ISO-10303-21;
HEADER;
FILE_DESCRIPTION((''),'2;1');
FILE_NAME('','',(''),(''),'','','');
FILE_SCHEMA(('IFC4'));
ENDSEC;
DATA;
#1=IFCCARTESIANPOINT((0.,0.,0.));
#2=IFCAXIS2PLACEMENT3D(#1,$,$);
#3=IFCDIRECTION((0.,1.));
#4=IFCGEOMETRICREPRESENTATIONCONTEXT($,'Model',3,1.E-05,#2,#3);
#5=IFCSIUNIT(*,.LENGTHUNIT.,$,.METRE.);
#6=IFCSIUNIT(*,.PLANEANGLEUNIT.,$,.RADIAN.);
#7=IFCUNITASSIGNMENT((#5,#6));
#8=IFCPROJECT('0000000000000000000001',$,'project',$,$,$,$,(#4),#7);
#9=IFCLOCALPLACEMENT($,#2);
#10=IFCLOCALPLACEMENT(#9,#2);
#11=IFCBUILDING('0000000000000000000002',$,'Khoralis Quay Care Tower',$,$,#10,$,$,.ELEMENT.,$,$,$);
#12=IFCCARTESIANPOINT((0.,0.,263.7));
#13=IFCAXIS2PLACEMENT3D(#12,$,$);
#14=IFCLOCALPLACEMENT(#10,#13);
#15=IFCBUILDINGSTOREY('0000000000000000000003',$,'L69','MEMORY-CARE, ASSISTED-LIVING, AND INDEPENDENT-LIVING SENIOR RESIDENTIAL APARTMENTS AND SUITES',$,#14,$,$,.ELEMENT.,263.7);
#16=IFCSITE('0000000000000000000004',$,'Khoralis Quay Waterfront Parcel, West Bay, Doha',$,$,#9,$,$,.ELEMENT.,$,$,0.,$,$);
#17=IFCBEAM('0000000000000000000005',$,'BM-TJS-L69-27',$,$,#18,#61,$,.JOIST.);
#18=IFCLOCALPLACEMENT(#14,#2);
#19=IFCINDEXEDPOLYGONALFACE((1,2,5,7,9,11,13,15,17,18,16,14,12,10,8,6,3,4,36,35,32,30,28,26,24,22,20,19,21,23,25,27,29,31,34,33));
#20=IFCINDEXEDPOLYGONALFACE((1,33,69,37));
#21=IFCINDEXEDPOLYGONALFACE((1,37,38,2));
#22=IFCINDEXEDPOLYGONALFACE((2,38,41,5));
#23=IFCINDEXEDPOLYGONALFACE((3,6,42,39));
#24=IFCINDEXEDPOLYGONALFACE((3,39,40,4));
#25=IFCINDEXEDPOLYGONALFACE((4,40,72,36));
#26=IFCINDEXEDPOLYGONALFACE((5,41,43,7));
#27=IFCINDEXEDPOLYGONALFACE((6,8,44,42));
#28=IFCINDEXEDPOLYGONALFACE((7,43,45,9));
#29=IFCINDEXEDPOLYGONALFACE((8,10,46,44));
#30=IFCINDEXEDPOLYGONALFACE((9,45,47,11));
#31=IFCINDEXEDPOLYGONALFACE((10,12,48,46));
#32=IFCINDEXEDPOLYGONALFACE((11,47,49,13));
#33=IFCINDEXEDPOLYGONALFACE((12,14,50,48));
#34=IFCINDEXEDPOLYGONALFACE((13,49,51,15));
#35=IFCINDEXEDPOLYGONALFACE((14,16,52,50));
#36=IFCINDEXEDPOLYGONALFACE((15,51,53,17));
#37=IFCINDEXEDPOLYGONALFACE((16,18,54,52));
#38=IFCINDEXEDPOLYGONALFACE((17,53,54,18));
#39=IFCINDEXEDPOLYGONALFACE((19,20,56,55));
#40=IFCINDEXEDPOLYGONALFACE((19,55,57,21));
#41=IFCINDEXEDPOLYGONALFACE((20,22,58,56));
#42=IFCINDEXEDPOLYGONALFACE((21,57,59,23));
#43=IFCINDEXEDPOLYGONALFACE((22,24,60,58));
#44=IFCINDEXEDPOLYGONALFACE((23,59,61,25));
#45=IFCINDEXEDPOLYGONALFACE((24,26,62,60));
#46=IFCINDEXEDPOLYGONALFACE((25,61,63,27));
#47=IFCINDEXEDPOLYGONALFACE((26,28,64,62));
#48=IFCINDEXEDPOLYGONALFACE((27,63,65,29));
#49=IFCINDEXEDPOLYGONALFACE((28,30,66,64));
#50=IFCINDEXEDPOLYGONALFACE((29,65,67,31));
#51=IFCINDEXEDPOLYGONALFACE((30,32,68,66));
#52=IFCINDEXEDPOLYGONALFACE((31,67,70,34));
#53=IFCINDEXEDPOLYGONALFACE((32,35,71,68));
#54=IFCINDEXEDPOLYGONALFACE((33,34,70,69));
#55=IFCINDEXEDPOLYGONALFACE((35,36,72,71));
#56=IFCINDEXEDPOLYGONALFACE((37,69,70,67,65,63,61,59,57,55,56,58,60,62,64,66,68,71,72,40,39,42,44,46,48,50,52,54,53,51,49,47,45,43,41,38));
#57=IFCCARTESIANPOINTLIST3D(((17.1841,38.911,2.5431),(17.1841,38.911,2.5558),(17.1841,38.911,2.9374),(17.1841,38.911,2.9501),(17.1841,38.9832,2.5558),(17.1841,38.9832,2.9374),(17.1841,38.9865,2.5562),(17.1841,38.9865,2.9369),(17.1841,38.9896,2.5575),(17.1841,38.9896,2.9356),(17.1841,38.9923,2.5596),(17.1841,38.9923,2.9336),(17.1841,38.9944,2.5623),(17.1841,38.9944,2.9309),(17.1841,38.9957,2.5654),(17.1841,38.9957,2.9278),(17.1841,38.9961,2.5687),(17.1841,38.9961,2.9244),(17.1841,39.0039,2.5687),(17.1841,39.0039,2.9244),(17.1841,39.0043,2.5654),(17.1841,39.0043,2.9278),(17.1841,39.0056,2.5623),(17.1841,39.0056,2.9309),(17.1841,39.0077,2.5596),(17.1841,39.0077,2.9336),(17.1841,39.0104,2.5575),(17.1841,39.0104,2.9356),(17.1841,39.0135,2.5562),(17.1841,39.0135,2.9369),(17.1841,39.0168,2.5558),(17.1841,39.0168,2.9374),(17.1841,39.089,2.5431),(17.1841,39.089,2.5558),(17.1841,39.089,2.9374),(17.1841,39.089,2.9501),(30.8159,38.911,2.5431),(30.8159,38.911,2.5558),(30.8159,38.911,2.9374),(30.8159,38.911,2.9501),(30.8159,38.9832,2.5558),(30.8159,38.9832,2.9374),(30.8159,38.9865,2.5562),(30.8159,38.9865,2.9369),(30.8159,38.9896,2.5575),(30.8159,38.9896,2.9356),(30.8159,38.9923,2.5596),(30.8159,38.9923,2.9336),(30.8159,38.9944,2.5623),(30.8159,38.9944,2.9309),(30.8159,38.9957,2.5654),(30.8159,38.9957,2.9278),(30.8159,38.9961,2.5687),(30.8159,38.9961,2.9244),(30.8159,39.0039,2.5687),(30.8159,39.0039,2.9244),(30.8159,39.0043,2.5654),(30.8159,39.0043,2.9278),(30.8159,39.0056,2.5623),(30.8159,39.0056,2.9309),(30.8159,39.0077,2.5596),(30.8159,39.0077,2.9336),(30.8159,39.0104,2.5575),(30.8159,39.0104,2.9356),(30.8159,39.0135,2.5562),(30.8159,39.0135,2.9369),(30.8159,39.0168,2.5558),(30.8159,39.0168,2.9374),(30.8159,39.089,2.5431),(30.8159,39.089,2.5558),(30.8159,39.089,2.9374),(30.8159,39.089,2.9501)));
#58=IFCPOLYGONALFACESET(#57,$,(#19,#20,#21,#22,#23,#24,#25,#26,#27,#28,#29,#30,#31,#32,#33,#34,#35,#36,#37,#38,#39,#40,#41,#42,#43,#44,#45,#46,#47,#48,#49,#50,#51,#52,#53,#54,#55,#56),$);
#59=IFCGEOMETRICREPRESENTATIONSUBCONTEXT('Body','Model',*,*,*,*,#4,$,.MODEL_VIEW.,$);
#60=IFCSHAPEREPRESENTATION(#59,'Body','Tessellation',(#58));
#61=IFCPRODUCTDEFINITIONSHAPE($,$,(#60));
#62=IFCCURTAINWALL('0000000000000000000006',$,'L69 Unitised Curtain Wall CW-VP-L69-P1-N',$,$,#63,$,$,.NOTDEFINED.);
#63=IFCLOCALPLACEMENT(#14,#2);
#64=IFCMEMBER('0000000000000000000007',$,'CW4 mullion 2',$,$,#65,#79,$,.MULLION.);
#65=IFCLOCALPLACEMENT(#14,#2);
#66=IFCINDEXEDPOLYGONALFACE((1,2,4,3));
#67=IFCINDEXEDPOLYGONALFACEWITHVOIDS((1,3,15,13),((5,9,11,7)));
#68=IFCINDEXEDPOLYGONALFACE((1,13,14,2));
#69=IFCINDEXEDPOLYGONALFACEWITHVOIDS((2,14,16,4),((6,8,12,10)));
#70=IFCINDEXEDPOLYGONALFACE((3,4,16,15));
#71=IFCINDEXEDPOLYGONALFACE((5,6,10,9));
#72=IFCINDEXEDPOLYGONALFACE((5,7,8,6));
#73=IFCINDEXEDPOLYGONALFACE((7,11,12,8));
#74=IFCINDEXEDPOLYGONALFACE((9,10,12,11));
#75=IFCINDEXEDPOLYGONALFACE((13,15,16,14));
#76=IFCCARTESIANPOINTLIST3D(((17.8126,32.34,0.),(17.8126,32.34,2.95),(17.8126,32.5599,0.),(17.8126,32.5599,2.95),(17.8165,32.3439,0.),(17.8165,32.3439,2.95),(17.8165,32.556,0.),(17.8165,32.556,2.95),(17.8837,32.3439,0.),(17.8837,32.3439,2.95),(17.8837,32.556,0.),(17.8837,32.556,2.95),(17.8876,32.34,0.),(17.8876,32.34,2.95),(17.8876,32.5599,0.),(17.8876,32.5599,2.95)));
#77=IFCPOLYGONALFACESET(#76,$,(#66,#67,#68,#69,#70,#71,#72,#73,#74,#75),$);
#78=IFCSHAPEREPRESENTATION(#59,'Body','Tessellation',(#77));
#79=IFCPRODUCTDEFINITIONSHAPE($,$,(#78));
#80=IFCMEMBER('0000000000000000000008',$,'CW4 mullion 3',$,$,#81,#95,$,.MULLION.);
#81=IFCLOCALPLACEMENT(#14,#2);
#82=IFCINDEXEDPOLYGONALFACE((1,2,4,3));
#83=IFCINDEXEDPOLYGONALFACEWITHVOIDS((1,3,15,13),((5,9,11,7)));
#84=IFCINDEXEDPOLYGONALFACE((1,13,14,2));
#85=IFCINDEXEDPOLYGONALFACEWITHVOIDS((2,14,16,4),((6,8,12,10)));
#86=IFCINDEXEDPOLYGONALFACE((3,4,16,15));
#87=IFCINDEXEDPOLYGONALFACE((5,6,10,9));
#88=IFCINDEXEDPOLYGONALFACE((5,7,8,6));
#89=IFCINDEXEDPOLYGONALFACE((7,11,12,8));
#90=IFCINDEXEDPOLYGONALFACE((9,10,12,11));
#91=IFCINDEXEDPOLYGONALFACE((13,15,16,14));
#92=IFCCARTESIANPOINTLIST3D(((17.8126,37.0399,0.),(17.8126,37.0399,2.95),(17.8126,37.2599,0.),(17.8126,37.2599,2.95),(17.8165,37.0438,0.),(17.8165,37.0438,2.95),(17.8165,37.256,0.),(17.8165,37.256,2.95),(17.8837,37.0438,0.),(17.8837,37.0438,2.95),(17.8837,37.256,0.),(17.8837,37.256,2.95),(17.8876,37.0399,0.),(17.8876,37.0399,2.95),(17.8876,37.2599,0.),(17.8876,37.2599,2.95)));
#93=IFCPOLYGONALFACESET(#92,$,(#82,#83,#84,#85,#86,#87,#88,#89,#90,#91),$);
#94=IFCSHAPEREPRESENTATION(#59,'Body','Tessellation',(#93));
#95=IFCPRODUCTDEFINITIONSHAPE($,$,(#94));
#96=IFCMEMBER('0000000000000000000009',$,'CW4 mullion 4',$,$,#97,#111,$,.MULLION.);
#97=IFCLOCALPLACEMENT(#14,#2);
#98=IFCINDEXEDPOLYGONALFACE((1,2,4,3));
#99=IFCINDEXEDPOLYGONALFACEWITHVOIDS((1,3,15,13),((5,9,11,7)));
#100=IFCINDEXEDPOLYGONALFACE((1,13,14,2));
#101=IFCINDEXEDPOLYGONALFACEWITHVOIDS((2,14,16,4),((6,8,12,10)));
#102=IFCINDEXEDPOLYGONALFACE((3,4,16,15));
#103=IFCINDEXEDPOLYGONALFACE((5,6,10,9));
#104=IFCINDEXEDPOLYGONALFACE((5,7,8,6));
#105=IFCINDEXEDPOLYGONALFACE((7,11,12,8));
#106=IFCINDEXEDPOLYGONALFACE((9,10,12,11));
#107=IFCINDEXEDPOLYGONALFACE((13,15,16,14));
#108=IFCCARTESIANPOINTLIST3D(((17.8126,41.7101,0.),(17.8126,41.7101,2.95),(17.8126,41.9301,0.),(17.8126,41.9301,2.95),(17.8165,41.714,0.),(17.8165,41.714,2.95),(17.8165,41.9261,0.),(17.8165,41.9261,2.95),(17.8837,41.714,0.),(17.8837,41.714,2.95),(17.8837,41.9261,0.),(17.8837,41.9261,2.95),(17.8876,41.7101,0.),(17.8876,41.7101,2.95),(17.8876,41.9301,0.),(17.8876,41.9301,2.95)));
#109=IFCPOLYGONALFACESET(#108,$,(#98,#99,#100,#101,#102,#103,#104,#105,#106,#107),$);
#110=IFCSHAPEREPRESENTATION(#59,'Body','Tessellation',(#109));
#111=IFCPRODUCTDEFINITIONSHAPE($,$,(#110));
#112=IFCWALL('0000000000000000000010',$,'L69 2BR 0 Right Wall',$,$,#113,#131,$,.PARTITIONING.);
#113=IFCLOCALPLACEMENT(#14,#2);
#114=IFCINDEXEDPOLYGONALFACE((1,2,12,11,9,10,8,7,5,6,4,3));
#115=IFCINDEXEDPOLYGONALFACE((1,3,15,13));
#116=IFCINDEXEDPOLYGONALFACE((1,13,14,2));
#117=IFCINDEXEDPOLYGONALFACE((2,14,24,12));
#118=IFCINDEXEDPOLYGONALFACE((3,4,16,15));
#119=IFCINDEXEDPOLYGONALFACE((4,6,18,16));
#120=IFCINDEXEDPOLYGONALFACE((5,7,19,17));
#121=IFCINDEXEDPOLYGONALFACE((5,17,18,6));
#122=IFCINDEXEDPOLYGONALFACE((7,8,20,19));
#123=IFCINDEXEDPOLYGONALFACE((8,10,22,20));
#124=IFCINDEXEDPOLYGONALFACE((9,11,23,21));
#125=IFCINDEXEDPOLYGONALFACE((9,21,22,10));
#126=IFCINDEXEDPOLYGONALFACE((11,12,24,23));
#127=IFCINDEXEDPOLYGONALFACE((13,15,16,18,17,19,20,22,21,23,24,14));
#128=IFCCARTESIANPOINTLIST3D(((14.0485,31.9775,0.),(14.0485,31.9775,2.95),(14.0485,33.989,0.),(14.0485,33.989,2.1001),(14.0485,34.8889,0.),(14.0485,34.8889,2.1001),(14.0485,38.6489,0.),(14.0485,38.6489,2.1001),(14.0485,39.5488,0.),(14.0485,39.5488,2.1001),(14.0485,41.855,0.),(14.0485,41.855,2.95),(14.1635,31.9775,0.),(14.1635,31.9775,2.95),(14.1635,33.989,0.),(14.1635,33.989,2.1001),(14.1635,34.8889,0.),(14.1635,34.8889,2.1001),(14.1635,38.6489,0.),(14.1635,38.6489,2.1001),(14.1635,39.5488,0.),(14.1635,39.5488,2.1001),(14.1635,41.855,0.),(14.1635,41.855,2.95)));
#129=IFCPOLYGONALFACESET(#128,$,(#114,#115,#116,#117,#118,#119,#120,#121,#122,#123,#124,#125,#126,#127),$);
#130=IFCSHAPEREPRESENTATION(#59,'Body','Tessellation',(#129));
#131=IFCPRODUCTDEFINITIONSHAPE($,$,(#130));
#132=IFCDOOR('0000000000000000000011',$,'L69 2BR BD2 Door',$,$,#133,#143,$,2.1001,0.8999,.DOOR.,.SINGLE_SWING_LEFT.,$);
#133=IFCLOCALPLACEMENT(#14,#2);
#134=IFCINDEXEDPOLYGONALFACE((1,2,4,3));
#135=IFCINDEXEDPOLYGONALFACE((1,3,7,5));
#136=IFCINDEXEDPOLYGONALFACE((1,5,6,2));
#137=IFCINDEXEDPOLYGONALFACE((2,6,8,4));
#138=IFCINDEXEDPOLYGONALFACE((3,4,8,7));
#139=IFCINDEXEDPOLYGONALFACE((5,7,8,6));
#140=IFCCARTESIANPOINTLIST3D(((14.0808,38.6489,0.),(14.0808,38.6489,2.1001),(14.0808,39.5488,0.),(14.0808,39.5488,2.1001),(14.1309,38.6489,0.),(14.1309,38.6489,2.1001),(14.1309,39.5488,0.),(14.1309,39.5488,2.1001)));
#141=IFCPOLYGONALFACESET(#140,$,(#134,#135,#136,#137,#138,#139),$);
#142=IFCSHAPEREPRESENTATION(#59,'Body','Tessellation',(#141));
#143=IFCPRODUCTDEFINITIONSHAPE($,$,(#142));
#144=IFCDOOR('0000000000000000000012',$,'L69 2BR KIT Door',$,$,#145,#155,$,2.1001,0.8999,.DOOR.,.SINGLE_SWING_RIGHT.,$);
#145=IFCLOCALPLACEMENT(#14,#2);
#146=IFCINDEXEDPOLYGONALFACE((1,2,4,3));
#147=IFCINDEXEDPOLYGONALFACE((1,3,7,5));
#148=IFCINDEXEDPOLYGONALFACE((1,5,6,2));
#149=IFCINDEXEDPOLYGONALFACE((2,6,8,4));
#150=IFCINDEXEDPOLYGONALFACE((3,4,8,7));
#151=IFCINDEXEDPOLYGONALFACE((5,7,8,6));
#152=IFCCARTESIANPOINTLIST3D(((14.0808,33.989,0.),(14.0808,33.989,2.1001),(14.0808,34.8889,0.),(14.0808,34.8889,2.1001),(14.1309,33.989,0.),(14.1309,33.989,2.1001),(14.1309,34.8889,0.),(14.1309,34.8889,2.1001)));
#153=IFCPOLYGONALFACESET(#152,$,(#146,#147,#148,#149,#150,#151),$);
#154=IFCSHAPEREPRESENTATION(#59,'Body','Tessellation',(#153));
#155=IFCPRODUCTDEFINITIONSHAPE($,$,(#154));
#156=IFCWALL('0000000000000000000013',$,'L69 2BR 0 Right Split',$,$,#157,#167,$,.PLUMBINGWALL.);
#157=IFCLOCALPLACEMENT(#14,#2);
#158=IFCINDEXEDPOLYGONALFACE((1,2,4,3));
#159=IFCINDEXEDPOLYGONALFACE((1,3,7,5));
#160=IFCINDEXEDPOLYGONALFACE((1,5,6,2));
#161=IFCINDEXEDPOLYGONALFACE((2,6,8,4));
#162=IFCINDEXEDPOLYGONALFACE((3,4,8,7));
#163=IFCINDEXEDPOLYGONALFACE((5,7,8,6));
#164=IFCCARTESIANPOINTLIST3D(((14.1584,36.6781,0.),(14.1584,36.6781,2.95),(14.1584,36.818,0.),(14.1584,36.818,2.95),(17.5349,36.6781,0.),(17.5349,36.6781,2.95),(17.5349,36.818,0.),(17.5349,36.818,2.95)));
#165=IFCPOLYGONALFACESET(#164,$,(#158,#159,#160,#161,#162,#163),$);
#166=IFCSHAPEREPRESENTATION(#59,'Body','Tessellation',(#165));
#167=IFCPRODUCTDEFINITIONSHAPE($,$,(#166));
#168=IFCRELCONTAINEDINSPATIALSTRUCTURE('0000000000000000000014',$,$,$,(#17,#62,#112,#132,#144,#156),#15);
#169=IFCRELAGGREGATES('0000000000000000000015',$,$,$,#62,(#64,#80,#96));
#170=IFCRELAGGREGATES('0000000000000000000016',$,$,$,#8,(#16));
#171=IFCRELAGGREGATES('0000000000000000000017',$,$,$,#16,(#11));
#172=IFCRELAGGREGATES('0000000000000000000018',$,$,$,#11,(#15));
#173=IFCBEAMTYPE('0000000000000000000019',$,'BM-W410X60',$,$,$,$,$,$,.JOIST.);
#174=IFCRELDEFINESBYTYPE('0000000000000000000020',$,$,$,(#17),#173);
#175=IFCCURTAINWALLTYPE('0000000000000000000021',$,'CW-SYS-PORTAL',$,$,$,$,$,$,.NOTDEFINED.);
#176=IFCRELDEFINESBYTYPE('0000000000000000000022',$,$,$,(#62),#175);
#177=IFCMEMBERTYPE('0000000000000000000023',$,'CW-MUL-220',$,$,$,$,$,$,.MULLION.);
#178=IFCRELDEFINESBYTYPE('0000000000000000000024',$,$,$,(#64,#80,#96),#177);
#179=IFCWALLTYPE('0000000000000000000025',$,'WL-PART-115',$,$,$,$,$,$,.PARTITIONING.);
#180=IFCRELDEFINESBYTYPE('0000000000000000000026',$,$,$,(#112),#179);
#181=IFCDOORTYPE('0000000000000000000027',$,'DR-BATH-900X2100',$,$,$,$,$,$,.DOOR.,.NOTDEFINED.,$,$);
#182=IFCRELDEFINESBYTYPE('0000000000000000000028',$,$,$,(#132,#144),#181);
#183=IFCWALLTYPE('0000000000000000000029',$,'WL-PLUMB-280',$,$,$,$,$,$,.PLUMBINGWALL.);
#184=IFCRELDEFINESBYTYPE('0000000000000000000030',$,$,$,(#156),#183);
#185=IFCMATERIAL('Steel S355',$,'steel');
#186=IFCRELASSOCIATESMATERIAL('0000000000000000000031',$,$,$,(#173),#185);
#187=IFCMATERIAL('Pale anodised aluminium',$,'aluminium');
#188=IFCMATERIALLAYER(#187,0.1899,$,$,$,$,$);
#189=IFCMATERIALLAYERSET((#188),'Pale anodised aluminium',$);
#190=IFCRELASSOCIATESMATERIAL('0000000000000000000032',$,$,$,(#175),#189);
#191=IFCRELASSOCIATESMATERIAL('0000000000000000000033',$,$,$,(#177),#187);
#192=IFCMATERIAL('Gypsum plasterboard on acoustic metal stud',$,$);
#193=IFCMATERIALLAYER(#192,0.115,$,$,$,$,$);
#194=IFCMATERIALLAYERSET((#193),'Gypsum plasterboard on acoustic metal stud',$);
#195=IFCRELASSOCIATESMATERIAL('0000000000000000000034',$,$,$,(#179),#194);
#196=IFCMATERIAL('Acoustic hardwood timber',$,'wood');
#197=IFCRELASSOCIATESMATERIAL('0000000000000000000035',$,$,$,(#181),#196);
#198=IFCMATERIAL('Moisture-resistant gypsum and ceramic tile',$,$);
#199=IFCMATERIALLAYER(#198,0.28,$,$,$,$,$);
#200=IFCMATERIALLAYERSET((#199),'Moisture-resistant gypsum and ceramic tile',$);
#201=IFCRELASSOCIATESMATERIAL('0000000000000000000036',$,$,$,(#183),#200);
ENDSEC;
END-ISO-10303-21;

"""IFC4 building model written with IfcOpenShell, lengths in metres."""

from ifc_helpers import new_model, si_unit, direction, frame, frame_2d, origin, origin_2d, place, context, subcontext, project, spatial, rectangle, hollow_rectangle, i_section, extrude, source, transform, mapped, material, layer, layer_set, material_profile, profile_set, type_object, element, fill, aggregate, save


model = new_model("IFC4")

# Units and contexts
model_context = context("Model", 3, precision=1e-05, world=origin(), true_north=direction((0.0, 1.0)))
body_context = subcontext(model_context, "Body", "Model", "MODEL_VIEW")
ifc_project = project(units=[si_unit("LENGTHUNIT", "METRE"), si_unit("PLANEANGLEUNIT", "RADIAN")], contexts=[model_context])

# Site, building, storey
site_placement = place(None, origin())
site = spatial("IfcSite", under=ifc_project, at=site_placement, Name="Khoralis Quay Waterfront Parcel, West Bay, Doha", CompositionType="ELEMENT", RefElevation=0.0)
building_placement = place(site_placement, origin())
building = spatial("IfcBuilding", under=site, at=building_placement, Name="Khoralis Quay Care Tower", CompositionType="ELEMENT")
storey_placement = place(building_placement, frame((0.0, 0.0, 263.7)))
storey = spatial("IfcBuildingStorey", under=building, at=storey_placement, Name="L69", Description="MEMORY-CARE, ASSISTED-LIVING, AND INDEPENDENT-LIVING SENIOR RESIDENTIAL APARTMENTS AND SUITES", CompositionType="ELEMENT", Elevation=263.7)

# Beam
ifc_material_1 = material(Name="Steel S355", Category="steel")
ifc_material_profile_1 = material_profile(ifc_material_1, i_section(OverallWidth=0.178, OverallDepth=0.407, WebThickness=0.0078, FlangeThickness=0.0127, FilletRadius=0.0129, at=origin_2d()), Name="Steel S355")
ifc_profile_set_1 = profile_set([ifc_material_profile_1], Name="Steel S355")
beam_type_1 = type_object("IfcBeamType", Name="BM-W410X60", PredefinedType="JOIST", material=ifc_profile_set_1)
shared_shape_1 = source(origin(), body_context, "Body", "SweptSolid", [
    extrude(i_section(OverallWidth=0.178, OverallDepth=0.407, WebThickness=0.0078, FlangeThickness=0.0127, FilletRadius=0.0129, at=origin_2d()), origin(), (0.0, 0.0, 1.0), 13.6318),
])
for number, where, z_axis, x_axis, name in (
    (1, (17.1841, 39.0, 2.7466), (1.0, 0.0, 0.0), (0.0, 1.0, 0.0), "BM-TJS-L69-27"),
):
    element("IfcBeam", number, at=place(storey_placement, frame(where, z_axis=z_axis, x_axis=x_axis)), inside=storey, type_object=beam_type_1, Name=name, PredefinedType="JOIST", context=body_context, shape_type="MappedRepresentation", body=[
        mapped(shared_shape_1, transform((0.0, 0.0, 0.0), scale=1.0)),
    ])

# Curtain wall, members
ifc_material_2 = material(Name="Pale anodised aluminium", Category="aluminium")
ifc_layer_1 = layer(ifc_material_2, 0.1899)
ifc_layer_set_1 = layer_set([ifc_layer_1], Name="Pale anodised aluminium")
curtain_wall_type = type_object("IfcCurtainWallType", Name="CW-SYS-PORTAL", PredefinedType="NOTDEFINED", material=ifc_layer_set_1)
curtain_wall_placement = place(storey_placement, origin())
curtain_wall = element("IfcCurtainWall", 2, at=curtain_wall_placement, inside=storey, type_object=curtain_wall_type, Name="L69 Unitised Curtain Wall CW-VP-L69-P1-N", PredefinedType="NOTDEFINED")
ifc_material_profile_2 = material_profile(ifc_material_2, hollow_rectangle(XDim=0.075, YDim=0.22, WallThickness=0.0039, at=origin_2d()), Name="Pale anodised aluminium")
ifc_profile_set_2 = profile_set([ifc_material_profile_2], Name="Pale anodised aluminium")
member_type = type_object("IfcMemberType", Name="CW-MUL-220", PredefinedType="MULLION", material=ifc_profile_set_2)
shared_shape_2 = source(origin(), body_context, "Body", "SweptSolid", [
    extrude(hollow_rectangle(XDim=0.075, YDim=0.22, WallThickness=0.0039, at=origin_2d()), origin(), (0.0, 0.0, 1.0), 2.95),
])
member_1_placement = place(storey_placement, frame((17.8501, 32.45, 0.0), z_axis=(0.0, 0.0, 1.0), x_axis=(-1.0, 0.0, 0.0)))
member_1 = element("IfcMember", 3, at=member_1_placement, type_object=member_type, Name="CW4 mullion 2", PredefinedType="MULLION", context=body_context, shape_type="MappedRepresentation", body=[
    mapped(shared_shape_2, transform((0.0, 0.0, 0.0), scale=1.0)),
])
member_2_placement = place(storey_placement, frame((17.8501, 37.1499, 0.0), z_axis=(0.0, 0.0, 1.0), x_axis=(-1.0, 0.0, 0.0)))
member_2 = element("IfcMember", 4, at=member_2_placement, type_object=member_type, Name="CW4 mullion 3", PredefinedType="MULLION", context=body_context, shape_type="MappedRepresentation", body=[
    mapped(shared_shape_2, transform((0.0, 0.0, 0.0), scale=1.0)),
])
member_3_placement = place(storey_placement, frame((17.8501, 41.8201, 0.0), z_axis=(0.0, 0.0, 1.0), x_axis=(-1.0, 0.0, 0.0)))
member_3 = element("IfcMember", 5, at=member_3_placement, type_object=member_type, Name="CW4 mullion 4", PredefinedType="MULLION", context=body_context, shape_type="MappedRepresentation", body=[
    mapped(shared_shape_2, transform((0.0, 0.0, 0.0), scale=1.0)),
])
aggregate(curtain_wall, [member_1, member_2, member_3])

# Wall, openings, doors
ifc_material_3 = material(Name="Gypsum plasterboard on acoustic metal stud")
ifc_layer_2 = layer(ifc_material_3, 0.115)
ifc_layer_set_2 = layer_set([ifc_layer_2], Name="Gypsum plasterboard on acoustic metal stud")
wall_type_1 = type_object("IfcWallType", Name="WL-PART-115", PredefinedType="PARTITIONING", material=ifc_layer_set_2)
wall_1_placement = place(storey_placement, frame((14.106, 31.9775, 0.0), z_axis=(0.0, 0.0, 1.0), x_axis=(0.0, 1.0, 0.0)))
wall_1 = element("IfcWall", 6, at=wall_1_placement, inside=storey, type_object=wall_type_1, Name="L69 2BR 0 Right Wall", PredefinedType="PARTITIONING", context=body_context, shape_type="SweptSolid", body=[
    extrude(rectangle(XDim=9.8774, YDim=0.115, at=frame_2d((4.9387, 0.0))), origin(), (0.0, 0.0, 1.0), 2.95),
])
opening_1_placement = place(wall_1_placement, frame((6.6714, 0.0, 0.0)))
opening_1 = element("IfcOpeningElement", 7, at=opening_1_placement, cuts=wall_1, PredefinedType="OPENING", context=body_context, shape_type="SweptSolid", body=[
    extrude(rectangle(XDim=0.8999, YDim=2.1001, at=frame_2d((0.45, 1.05))), frame((0.0, 0.0674, 0.0), z_axis=(0.0, -1.0, 0.0), x_axis=(1.0, 0.0, 0.0)), (0.0, 0.0, 1.0), 0.135),
])
opening_2_placement = place(wall_1_placement, frame((2.0115, 0.0, 0.0)))
opening_2 = element("IfcOpeningElement", 8, at=opening_2_placement, cuts=wall_1, PredefinedType="OPENING", context=body_context, shape_type="SweptSolid", body=[
    extrude(rectangle(XDim=0.8999, YDim=2.1001, at=frame_2d((0.45, 1.05))), frame((0.0, 0.0674, 0.0), z_axis=(0.0, -1.0, 0.0), x_axis=(1.0, 0.0, 0.0)), (0.0, 0.0, 1.0), 0.135),
])
ifc_material_4 = material(Name="Acoustic hardwood timber", Category="wood")
door_type = type_object("IfcDoorType", Name="DR-BATH-900X2100", OperationType="NOTDEFINED", PredefinedType="DOOR", material=ifc_material_4)
shared_shape_3 = source(origin(), body_context, "Body", "SweptSolid", [
    extrude(rectangle(XDim=0.8999, YDim=2.1001, at=frame_2d((0.45, 1.05))), frame((0.0, 0.0249, 0.0), z_axis=(0.0, -1.0, 0.0), x_axis=(1.0, 0.0, 0.0)), (0.0, 0.0, 1.0), 0.05),
])
door_1_placement = place(opening_1_placement, frame((0.8999, 0.0, 0.0), z_axis=(0.0, 0.0, 1.0), x_axis=(-1.0, 0.0, 0.0)))
door_1 = element("IfcDoor", 9, at=door_1_placement, inside=storey, type_object=door_type, Name="L69 2BR BD2 Door", OperationType="SINGLE_SWING_LEFT", OverallHeight=2.1001, OverallWidth=0.8999, PredefinedType="DOOR", context=body_context, shape_type="MappedRepresentation", body=[
    mapped(shared_shape_3, transform((0.0, 0.0, 0.0), scale=1.0)),
])
fill(opening_1, door_1)
door_2_placement = place(opening_2_placement, frame((0.8999, 0.0, 0.0), z_axis=(0.0, 0.0, 1.0), x_axis=(-1.0, 0.0, 0.0)))
door_2 = element("IfcDoor", 10, at=door_2_placement, inside=storey, type_object=door_type, Name="L69 2BR KIT Door", OperationType="SINGLE_SWING_RIGHT", OverallHeight=2.1001, OverallWidth=0.8999, PredefinedType="DOOR", context=body_context, shape_type="MappedRepresentation", body=[
    mapped(shared_shape_3, transform((0.0, 0.0, 0.0), scale=1.0)),
])
fill(opening_2, door_2)

# Wall
ifc_material_5 = material(Name="Moisture-resistant gypsum and ceramic tile")
ifc_layer_3 = layer(ifc_material_5, 0.28)
ifc_layer_set_3 = layer_set([ifc_layer_3], Name="Moisture-resistant gypsum and ceramic tile")
wall_type_2 = type_object("IfcWallType", Name="WL-PLUMB-280", PredefinedType="PLUMBINGWALL", material=ifc_layer_set_3)
wall_2_placement = place(storey_placement, frame((14.1584, 36.748, 0.0), z_axis=(0.0, 0.0, 1.0), x_axis=(1.0, 0.0, 0.0)))
element("IfcWall", 11, at=wall_2_placement, inside=storey, type_object=wall_type_2, Name="L69 2BR 0 Right Split", PredefinedType="PLUMBINGWALL", context=body_context, shape_type="SweptSolid", body=[
    extrude(rectangle(XDim=3.3765, YDim=0.1399, at=frame_2d((1.6882, 0.0))), origin(), (0.0, 0.0, 1.0), 2.95),
])

save(model, "model.ifc")
